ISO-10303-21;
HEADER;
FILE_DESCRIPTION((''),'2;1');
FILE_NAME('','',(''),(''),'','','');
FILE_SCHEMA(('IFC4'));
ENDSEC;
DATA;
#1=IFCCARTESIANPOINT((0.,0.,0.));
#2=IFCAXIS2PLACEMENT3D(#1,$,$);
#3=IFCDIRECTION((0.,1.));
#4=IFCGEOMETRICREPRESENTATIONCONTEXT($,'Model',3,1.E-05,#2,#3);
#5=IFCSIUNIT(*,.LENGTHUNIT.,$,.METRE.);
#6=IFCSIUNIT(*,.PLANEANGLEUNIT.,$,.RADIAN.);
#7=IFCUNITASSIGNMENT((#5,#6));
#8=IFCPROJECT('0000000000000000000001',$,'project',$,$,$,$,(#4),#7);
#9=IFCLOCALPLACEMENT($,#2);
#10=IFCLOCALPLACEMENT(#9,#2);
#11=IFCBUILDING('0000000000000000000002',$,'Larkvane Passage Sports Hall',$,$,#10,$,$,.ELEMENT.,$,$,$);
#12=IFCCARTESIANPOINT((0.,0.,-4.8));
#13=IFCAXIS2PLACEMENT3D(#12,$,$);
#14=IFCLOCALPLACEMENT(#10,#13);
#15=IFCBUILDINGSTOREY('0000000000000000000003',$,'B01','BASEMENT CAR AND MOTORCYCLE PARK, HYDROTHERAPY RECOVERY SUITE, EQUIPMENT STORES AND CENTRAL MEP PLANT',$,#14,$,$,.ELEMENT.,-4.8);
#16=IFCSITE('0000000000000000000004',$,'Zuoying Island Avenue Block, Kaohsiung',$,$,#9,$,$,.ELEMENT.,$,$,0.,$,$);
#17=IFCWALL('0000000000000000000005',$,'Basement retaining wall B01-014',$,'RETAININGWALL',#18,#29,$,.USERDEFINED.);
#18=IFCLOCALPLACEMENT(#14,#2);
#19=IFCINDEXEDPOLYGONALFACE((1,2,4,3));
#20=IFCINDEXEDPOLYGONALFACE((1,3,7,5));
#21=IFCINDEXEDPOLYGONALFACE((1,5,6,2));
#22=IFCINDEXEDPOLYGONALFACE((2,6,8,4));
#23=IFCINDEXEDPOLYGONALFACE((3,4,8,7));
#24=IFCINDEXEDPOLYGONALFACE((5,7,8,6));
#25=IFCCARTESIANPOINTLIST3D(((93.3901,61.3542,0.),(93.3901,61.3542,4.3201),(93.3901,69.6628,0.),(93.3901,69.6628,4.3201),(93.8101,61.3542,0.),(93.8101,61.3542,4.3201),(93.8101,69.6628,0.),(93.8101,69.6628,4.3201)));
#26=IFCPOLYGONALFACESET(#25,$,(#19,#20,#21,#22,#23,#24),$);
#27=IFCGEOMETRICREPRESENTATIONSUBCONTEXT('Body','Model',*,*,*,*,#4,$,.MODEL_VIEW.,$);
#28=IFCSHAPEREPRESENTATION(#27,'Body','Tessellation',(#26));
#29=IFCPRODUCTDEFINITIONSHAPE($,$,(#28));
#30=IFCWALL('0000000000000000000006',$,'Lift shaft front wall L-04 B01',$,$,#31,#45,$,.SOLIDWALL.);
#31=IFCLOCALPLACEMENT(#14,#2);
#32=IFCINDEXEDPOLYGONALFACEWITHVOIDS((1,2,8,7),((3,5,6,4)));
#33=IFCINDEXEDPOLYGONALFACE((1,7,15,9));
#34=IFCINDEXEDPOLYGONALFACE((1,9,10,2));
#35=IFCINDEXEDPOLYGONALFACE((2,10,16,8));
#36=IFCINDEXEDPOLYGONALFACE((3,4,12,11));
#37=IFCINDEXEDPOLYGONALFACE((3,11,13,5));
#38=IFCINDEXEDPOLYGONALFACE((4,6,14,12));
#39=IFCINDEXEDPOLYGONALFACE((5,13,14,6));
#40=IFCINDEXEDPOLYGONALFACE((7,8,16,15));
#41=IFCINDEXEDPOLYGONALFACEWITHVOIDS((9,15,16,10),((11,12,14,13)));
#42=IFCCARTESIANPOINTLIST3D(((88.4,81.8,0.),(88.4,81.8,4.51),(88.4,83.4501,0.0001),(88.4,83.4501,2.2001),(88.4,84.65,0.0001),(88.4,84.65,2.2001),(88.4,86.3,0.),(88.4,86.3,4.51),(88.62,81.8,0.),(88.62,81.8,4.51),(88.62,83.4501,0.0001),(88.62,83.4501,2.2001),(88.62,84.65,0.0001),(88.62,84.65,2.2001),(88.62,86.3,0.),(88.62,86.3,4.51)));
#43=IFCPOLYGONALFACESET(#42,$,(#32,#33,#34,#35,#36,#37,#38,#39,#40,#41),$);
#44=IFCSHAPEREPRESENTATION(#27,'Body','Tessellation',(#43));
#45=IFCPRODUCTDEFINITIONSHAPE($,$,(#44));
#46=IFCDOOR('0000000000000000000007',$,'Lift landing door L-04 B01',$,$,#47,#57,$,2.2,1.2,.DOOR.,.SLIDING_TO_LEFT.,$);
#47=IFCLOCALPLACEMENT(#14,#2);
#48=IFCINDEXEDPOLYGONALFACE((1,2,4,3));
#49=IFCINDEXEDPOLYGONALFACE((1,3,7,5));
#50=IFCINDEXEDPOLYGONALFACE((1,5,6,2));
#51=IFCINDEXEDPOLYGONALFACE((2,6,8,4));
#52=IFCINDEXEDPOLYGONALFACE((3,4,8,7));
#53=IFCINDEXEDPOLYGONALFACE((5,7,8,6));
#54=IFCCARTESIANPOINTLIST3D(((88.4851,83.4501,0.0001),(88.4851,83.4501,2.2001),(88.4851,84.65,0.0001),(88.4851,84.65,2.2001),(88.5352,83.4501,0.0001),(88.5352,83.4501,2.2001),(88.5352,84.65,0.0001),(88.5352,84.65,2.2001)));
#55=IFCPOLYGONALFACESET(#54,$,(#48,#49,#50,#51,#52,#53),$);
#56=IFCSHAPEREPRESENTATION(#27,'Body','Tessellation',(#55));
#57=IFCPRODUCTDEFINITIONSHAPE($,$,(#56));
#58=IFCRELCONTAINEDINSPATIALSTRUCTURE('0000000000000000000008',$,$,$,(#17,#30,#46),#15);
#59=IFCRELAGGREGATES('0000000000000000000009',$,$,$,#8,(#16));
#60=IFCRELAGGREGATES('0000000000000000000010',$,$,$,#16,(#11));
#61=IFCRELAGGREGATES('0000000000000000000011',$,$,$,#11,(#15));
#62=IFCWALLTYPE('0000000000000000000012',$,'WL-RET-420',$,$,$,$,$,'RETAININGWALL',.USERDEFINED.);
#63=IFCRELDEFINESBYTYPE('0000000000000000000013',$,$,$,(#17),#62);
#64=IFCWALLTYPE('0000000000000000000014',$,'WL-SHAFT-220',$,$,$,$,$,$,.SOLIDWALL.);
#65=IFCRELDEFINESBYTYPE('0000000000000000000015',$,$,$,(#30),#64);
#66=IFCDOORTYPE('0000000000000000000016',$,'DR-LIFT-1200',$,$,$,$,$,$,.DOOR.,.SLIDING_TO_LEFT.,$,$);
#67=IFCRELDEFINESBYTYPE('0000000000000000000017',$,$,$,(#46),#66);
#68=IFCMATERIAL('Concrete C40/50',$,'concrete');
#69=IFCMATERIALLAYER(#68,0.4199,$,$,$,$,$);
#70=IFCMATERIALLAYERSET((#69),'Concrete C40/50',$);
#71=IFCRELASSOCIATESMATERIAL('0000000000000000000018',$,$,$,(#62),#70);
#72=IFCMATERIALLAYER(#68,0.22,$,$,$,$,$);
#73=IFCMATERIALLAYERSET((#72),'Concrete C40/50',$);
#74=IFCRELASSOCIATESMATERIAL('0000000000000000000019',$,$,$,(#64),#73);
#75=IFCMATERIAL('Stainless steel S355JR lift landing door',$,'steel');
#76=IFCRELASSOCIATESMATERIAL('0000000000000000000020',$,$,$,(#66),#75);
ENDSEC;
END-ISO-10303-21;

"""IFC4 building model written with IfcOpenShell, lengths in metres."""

from ifc_helpers import new_model, si_unit, direction, frame, frame_2d, origin, place, context, subcontext, project, spatial, rectangle, extrude, material, layer, layer_set, type_object, element, fill, save


model = new_model("IFC4")

# Units and contexts
model_context = context("Model", 3, precision=1e-05, world=origin(), true_north=direction((0.0, 1.0)))
body_context = subcontext(model_context, "Body", "Model", "MODEL_VIEW")
ifc_project = project(units=[si_unit("LENGTHUNIT", "METRE"), si_unit("PLANEANGLEUNIT", "RADIAN")], contexts=[model_context])

# Site, building, storey
site_placement = place(None, origin())
site = spatial("IfcSite", under=ifc_project, at=site_placement, Name="Zuoying Island Avenue Block, Kaohsiung", CompositionType="ELEMENT", RefElevation=0.0)
building_placement = place(site_placement, origin())
building = spatial("IfcBuilding", under=site, at=building_placement, Name="Larkvane Passage Sports Hall", CompositionType="ELEMENT")
storey_placement = place(building_placement, frame((0.0, 0.0, -4.8)))
storey = spatial("IfcBuildingStorey", under=building, at=storey_placement, Name="B01", Description="BASEMENT CAR AND MOTORCYCLE PARK, HYDROTHERAPY RECOVERY SUITE, EQUIPMENT STORES AND CENTRAL MEP PLANT", CompositionType="ELEMENT", Elevation=-4.8)

# Shared definitions
ifc_material_1 = material(Name="Concrete C40/50", Category="concrete")

# Wall
ifc_layer_1 = layer(ifc_material_1, 0.4199)
ifc_layer_set_1 = layer_set([ifc_layer_1], Name="Concrete C40/50")
wall_type_1 = type_object("IfcWallType", Name="WL-RET-420", ElementType="RETAININGWALL", PredefinedType="USERDEFINED", material=ifc_layer_set_1)
wall_1_placement = place(storey_placement, frame((93.6001, 61.3542, 0.0), z_axis=(0.0, 0.0, 1.0), x_axis=(0.0, 1.0, 0.0)))
element("IfcWall", 1, at=wall_1_placement, inside=storey, type_object=wall_type_1, Name="Basement retaining wall B01-014", ObjectType="RETAININGWALL", PredefinedType="USERDEFINED", context=body_context, shape_type="SweptSolid", body=[
    extrude(rectangle(XDim=8.3086, YDim=0.4199, at=frame_2d((4.1543, 0.0))), origin(), (0.0, 0.0, 1.0), 4.3201),
])

# Wall, opening, door
ifc_layer_2 = layer(ifc_material_1, 0.22)
ifc_layer_set_2 = layer_set([ifc_layer_2], Name="Concrete C40/50")
wall_type_2 = type_object("IfcWallType", Name="WL-SHAFT-220", PredefinedType="SOLIDWALL", material=ifc_layer_set_2)
wall_2_placement = place(storey_placement, frame((88.51, 81.8, 0.0), z_axis=(0.0, 0.0, 1.0), x_axis=(0.0, 1.0, 0.0)))
wall_2 = element("IfcWall", 2, at=wall_2_placement, inside=storey, type_object=wall_type_2, Name="Lift shaft front wall L-04 B01", PredefinedType="SOLIDWALL", context=body_context, shape_type="SweptSolid", body=[
    extrude(rectangle(XDim=4.5, YDim=0.22, at=frame_2d((2.25, 0.0))), origin(), (0.0, 0.0, 1.0), 4.51),
])
opening_1_placement = place(wall_2_placement, frame((1.6499, 0.0, 0.0)))
opening_1 = element("IfcOpeningElement", 3, at=opening_1_placement, cuts=wall_2, PredefinedType="OPENING", context=body_context, shape_type="SweptSolid", body=[
    extrude(rectangle(XDim=1.2, YDim=2.2, at=frame_2d((0.6001, 1.1001))), frame((0.0, 0.1199, 0.0), z_axis=(0.0, -1.0, 0.0), x_axis=(1.0, 0.0, 0.0)), (0.0, 0.0, 1.0), 0.24),
])
ifc_material_2 = material(Name="Stainless steel S355JR lift landing door", Category="steel")
door_type_1 = type_object("IfcDoorType", Name="DR-LIFT-1200", OperationType="SLIDING_TO_LEFT", PredefinedType="DOOR", material=ifc_material_2)
door_1_placement = place(opening_1_placement, origin())
door_1 = element("IfcDoor", 4, at=door_1_placement, inside=storey, type_object=door_type_1, Name="Lift landing door L-04 B01", OperationType="SLIDING_TO_LEFT", OverallHeight=2.2, OverallWidth=1.2, PredefinedType="DOOR", context=body_context, shape_type="SweptSolid", body=[
    extrude(rectangle(XDim=1.2, YDim=2.2, at=frame_2d((0.6001, 1.1001))), frame((0.0, 0.0249, 0.0), z_axis=(0.0, -1.0, 0.0), x_axis=(1.0, 0.0, 0.0)), (0.0, 0.0, 1.0), 0.05),
])
fill(opening_1, door_1)

save(model, "model.ifc")
